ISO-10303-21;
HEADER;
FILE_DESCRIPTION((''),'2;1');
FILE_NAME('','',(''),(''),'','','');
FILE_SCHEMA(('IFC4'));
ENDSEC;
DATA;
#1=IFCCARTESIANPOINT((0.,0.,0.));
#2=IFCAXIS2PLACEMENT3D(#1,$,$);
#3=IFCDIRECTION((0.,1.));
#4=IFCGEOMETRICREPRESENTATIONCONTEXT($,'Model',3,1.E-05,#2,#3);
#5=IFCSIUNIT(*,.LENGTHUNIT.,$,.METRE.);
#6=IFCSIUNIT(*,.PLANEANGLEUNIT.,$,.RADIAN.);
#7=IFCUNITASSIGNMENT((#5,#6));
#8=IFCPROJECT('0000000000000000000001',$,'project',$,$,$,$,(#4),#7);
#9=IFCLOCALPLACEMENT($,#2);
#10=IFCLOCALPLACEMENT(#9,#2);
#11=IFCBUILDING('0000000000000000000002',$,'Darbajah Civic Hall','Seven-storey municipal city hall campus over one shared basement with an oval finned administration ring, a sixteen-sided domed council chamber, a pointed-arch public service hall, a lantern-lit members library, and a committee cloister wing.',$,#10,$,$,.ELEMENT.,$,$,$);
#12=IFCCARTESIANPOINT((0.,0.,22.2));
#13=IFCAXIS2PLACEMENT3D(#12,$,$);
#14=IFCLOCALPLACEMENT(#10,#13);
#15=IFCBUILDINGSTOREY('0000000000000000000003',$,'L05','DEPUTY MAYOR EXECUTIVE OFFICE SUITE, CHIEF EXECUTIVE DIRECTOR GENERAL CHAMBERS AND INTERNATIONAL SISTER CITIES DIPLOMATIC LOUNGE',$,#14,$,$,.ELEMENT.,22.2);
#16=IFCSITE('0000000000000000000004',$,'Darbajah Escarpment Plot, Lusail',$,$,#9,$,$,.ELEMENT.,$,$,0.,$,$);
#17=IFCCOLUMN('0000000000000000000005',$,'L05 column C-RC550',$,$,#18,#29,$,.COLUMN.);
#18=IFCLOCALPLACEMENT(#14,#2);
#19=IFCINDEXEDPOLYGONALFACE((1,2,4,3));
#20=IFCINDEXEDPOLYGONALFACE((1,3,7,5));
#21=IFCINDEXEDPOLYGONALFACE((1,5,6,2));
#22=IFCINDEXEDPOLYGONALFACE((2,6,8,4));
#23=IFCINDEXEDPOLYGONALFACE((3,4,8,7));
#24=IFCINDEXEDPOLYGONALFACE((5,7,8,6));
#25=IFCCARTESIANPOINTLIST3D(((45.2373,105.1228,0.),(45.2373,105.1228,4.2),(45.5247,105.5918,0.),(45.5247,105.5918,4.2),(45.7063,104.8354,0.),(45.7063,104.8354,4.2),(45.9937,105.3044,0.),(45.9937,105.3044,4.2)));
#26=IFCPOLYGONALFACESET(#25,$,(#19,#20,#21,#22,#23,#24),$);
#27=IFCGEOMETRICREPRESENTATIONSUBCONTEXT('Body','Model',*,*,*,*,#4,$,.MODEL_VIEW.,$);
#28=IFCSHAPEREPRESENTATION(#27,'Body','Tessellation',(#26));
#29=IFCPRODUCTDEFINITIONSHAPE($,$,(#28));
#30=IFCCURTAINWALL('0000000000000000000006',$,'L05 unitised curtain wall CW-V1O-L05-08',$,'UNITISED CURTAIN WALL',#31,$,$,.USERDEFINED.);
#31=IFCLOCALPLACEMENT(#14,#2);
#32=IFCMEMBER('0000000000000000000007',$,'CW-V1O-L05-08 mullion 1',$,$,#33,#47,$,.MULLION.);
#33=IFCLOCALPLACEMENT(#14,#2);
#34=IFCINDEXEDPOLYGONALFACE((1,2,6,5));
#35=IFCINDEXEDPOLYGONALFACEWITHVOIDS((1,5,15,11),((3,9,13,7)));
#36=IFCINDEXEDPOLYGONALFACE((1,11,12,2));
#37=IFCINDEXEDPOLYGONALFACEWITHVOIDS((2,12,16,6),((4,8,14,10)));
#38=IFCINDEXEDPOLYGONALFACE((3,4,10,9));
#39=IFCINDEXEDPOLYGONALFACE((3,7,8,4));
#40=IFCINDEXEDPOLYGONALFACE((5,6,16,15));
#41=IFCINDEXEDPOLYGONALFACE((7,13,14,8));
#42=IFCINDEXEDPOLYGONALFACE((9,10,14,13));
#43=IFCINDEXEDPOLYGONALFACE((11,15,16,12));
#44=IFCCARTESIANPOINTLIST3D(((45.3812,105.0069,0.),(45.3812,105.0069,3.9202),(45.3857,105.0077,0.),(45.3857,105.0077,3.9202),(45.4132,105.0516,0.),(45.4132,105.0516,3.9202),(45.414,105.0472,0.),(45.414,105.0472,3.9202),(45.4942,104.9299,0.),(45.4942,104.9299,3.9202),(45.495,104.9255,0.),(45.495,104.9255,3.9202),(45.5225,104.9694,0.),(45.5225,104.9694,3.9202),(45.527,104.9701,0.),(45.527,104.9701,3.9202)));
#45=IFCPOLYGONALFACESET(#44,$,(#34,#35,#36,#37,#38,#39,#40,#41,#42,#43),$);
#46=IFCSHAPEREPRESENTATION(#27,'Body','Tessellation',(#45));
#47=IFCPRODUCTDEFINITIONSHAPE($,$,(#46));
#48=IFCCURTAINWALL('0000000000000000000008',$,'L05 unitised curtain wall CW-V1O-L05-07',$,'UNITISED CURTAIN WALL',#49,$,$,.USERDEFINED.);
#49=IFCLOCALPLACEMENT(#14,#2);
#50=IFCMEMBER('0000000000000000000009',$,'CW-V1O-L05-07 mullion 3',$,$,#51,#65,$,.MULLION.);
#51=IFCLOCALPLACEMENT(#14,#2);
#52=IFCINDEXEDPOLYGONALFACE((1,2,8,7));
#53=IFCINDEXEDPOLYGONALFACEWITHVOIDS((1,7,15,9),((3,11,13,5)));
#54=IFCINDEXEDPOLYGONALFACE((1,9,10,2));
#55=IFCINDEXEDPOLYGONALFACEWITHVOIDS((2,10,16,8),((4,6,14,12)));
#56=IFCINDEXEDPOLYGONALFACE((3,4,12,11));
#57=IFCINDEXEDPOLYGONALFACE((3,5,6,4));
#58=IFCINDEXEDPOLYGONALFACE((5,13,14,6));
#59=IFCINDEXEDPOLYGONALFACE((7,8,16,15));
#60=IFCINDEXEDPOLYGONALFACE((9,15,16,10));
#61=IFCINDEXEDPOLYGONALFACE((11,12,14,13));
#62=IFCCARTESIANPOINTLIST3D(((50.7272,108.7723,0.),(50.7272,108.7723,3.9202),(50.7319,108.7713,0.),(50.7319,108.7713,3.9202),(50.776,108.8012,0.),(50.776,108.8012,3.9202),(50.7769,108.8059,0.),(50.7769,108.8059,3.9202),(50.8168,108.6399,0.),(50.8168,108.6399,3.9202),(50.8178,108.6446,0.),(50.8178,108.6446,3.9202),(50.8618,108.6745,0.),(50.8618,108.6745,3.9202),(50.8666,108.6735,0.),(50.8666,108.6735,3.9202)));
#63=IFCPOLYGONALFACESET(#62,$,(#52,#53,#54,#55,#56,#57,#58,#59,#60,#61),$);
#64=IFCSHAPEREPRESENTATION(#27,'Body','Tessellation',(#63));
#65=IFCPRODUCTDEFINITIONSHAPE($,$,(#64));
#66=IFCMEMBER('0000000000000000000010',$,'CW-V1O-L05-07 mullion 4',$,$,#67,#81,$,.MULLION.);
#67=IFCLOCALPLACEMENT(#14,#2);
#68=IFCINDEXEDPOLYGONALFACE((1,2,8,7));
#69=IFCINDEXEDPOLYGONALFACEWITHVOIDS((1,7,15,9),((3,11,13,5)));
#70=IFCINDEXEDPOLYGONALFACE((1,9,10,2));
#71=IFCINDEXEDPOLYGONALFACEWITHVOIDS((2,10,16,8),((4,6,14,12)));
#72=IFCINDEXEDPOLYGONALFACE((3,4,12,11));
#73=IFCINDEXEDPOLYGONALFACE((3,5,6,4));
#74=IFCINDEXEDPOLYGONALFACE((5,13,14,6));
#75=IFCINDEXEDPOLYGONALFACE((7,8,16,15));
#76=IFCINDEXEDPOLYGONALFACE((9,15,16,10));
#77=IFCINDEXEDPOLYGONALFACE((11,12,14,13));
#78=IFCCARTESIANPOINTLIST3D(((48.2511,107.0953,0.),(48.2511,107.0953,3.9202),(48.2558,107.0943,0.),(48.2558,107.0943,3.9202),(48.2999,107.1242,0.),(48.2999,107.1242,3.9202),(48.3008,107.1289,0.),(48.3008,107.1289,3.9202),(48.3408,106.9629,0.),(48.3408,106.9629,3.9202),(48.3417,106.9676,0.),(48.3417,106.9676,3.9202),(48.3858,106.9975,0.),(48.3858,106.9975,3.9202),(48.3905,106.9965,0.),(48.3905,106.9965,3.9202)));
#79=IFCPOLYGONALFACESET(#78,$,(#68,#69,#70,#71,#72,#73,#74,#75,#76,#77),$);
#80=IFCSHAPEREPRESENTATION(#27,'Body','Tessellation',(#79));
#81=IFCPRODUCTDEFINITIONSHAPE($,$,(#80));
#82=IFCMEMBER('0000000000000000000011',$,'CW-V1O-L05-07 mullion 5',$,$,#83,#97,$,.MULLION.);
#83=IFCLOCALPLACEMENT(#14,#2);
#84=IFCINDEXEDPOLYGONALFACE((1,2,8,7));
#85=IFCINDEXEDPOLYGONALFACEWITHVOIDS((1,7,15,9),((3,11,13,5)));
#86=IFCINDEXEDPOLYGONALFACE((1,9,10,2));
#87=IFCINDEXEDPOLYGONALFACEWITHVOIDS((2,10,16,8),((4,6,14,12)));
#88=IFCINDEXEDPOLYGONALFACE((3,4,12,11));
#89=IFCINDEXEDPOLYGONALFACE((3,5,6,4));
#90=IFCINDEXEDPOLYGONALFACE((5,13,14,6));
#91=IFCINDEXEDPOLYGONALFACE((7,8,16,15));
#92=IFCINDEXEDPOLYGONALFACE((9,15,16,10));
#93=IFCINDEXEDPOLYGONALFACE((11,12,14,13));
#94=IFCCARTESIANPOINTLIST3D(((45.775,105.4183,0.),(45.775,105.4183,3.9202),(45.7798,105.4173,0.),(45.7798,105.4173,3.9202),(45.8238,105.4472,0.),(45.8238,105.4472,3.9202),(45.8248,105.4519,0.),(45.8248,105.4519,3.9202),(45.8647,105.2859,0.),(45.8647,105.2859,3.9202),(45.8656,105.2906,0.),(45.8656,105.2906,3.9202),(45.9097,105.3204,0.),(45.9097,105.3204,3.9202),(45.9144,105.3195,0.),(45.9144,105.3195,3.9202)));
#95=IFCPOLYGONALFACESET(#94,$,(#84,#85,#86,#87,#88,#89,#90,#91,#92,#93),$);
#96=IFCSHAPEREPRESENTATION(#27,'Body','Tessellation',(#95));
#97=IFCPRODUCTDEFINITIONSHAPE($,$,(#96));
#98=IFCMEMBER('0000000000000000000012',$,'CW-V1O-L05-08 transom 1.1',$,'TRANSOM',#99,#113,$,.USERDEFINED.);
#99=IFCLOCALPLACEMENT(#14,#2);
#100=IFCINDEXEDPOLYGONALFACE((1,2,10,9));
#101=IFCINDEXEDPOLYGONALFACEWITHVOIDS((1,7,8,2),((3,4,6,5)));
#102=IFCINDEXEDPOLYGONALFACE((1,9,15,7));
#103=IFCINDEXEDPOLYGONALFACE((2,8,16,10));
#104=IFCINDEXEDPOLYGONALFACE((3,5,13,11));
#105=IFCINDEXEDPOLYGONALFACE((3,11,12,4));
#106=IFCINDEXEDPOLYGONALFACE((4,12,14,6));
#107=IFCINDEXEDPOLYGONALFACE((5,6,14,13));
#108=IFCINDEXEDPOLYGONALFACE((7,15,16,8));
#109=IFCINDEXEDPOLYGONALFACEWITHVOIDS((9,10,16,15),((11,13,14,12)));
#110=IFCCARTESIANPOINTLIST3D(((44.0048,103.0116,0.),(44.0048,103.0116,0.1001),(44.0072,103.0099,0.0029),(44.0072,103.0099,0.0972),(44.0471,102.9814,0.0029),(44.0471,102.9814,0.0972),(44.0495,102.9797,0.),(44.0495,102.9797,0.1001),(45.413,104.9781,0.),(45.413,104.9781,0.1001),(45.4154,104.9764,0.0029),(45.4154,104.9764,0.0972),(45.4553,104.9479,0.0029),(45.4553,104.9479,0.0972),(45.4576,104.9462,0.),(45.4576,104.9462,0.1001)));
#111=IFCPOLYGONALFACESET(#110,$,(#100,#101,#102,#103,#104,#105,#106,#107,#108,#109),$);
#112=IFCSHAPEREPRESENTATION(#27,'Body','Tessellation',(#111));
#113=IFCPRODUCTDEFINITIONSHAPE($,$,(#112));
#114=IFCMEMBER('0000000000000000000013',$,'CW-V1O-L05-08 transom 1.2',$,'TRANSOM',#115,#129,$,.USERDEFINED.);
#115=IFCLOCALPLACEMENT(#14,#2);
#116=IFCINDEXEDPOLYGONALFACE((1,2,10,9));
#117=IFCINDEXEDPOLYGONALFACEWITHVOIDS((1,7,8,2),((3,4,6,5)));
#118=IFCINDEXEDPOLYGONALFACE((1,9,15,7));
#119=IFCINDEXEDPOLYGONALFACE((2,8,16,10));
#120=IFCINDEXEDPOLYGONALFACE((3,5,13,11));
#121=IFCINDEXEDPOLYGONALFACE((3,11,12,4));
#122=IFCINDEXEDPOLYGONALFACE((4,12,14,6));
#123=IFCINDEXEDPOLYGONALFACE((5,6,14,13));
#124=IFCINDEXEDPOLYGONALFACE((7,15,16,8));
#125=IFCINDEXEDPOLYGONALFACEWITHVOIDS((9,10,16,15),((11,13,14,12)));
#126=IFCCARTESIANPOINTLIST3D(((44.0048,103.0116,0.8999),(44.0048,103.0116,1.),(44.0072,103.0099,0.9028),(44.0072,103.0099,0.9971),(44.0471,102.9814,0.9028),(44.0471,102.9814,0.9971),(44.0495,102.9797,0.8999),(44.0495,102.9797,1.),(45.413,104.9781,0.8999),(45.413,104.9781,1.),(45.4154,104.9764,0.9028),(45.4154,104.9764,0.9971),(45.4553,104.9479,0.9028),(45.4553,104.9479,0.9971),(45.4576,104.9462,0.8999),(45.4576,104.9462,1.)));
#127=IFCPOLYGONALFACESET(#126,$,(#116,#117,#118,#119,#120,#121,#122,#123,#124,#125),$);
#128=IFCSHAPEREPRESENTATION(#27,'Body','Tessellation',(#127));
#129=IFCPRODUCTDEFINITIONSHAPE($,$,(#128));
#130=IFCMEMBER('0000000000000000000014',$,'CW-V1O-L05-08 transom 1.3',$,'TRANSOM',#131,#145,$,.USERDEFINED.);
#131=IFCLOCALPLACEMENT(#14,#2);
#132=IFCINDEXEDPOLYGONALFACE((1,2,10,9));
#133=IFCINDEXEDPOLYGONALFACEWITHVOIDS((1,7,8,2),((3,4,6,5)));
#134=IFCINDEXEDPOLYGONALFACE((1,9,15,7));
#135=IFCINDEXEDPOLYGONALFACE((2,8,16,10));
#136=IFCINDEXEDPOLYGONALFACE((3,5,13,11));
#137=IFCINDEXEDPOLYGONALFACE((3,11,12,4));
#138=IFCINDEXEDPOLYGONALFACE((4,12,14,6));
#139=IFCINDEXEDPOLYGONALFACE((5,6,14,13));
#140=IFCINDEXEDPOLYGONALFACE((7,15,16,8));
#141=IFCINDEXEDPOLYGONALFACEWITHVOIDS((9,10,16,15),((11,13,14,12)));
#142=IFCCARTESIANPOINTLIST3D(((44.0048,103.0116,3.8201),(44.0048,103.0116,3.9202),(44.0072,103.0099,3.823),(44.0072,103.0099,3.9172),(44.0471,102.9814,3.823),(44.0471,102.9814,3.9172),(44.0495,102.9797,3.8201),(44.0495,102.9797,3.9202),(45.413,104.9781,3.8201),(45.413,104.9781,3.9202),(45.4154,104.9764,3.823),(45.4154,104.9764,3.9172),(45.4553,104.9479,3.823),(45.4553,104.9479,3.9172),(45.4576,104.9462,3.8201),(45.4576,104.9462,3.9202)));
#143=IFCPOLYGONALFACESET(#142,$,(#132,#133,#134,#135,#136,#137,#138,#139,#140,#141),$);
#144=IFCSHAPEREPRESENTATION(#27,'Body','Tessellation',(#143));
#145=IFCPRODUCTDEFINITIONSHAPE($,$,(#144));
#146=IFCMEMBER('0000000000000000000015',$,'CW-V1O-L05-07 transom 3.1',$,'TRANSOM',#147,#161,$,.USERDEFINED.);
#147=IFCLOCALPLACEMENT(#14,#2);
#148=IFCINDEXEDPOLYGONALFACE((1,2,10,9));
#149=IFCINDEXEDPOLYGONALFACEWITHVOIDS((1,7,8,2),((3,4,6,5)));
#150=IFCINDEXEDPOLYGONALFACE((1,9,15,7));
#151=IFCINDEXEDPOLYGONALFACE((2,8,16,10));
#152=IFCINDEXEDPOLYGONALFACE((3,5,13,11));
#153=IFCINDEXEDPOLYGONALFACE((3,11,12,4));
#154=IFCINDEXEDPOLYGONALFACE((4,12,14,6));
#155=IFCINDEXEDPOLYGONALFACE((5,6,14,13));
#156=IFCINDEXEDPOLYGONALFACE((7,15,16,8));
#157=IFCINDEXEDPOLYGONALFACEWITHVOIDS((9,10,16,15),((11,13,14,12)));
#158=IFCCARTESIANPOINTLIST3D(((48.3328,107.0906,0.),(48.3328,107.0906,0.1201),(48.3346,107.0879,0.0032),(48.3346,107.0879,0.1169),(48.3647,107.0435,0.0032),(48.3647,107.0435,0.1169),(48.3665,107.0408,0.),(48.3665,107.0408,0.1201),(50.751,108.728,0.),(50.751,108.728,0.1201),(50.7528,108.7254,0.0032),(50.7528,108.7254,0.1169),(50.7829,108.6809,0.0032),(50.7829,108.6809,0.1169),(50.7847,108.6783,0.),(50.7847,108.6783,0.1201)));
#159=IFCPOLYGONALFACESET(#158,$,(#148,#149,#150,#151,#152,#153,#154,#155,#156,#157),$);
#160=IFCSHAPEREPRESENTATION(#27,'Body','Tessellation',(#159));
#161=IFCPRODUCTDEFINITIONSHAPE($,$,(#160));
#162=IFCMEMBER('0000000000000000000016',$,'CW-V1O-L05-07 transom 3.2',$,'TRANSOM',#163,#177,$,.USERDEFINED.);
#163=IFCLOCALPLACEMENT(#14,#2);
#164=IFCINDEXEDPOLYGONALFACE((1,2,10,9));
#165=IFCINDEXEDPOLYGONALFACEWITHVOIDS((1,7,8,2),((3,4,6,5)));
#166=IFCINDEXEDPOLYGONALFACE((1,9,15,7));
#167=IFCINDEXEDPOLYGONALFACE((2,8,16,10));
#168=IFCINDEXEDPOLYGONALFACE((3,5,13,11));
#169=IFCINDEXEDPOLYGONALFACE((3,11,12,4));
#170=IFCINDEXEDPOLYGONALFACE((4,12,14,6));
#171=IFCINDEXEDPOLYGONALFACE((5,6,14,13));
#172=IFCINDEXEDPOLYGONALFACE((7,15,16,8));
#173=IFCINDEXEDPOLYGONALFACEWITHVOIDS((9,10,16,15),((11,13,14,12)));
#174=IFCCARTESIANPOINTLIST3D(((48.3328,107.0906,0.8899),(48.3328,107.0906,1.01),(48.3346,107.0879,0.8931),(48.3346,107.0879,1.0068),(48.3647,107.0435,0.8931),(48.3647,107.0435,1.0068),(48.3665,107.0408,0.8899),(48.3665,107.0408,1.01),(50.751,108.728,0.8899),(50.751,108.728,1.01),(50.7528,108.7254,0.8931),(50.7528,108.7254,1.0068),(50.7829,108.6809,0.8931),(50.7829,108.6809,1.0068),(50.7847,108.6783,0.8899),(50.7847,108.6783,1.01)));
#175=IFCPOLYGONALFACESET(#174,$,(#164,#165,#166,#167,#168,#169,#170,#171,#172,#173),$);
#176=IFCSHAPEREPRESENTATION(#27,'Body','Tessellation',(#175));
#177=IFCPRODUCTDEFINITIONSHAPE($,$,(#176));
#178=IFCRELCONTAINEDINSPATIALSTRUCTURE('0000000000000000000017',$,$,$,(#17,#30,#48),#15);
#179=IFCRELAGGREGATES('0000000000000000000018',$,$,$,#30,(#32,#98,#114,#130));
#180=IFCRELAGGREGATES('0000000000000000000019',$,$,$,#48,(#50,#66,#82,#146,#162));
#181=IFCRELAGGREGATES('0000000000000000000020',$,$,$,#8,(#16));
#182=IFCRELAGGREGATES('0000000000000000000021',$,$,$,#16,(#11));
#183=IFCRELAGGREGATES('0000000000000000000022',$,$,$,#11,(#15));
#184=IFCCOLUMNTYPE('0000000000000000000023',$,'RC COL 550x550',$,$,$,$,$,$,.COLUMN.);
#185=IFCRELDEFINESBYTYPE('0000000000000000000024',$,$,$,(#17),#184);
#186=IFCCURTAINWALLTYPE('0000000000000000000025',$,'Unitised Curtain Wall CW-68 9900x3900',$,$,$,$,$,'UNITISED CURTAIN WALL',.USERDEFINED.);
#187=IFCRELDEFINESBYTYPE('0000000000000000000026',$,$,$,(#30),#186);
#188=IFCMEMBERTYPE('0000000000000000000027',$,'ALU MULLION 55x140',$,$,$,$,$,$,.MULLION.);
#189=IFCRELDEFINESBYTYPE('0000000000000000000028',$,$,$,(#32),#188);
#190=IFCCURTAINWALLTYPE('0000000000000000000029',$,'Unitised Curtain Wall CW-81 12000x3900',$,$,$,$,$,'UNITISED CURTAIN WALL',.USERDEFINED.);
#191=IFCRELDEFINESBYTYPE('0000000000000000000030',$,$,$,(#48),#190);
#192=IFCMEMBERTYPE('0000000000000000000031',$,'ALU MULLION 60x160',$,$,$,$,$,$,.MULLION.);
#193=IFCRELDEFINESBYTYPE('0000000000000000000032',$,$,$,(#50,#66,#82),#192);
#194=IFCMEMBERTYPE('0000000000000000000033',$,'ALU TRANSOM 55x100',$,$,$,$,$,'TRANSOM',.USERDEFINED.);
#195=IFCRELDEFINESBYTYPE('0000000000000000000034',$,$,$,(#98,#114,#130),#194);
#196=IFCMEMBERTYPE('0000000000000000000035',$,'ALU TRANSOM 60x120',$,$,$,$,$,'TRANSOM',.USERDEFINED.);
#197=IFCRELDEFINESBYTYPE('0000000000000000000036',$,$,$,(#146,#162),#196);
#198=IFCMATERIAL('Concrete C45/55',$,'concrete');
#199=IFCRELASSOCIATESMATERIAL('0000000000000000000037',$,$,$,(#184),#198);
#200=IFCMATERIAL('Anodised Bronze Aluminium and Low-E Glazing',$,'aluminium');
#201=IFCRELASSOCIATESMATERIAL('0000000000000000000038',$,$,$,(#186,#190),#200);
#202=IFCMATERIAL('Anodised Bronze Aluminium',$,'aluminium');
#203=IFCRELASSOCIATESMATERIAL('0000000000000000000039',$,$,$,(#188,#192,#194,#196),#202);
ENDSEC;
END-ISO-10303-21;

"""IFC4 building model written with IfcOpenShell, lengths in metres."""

from ifc_helpers import new_model, si_unit, direction, frame, origin, origin_2d, place, context, subcontext, project, spatial, rectangle, hollow_rectangle, extrude, material, material_profile, profile_set, type_object, element, aggregate, save


model = new_model("IFC4")

# Units and contexts
model_context = context("Model", 3, precision=1e-05, world=origin(), true_north=direction((0.0, 1.0)))
body_context = subcontext(model_context, "Body", "Model", "MODEL_VIEW")
ifc_project = project(units=[si_unit("LENGTHUNIT", "METRE"), si_unit("PLANEANGLEUNIT", "RADIAN")], contexts=[model_context])

# Site, building, storey
site_placement = place(None, origin())
site = spatial("IfcSite", under=ifc_project, at=site_placement, Name="Darbajah Escarpment Plot, Lusail", CompositionType="ELEMENT", RefElevation=0.0)
building_placement = place(site_placement, origin())
building = spatial("IfcBuilding", under=site, at=building_placement, Name="Darbajah Civic Hall", Description="Seven-storey municipal city hall campus over one shared basement with an oval finned administration ring, a sixteen-sided domed council chamber, a pointed-arch public service hall, a lantern-lit members library, and a committee cloister wing.", CompositionType="ELEMENT")
storey_placement = place(building_placement, frame((0.0, 0.0, 22.2)))
storey = spatial("IfcBuildingStorey", under=building, at=storey_placement, Name="L05", Description="DEPUTY MAYOR EXECUTIVE OFFICE SUITE, CHIEF EXECUTIVE DIRECTOR GENERAL CHAMBERS AND INTERNATIONAL SISTER CITIES DIPLOMATIC LOUNGE", CompositionType="ELEMENT", Elevation=22.2)

# Column
ifc_material_1 = material(Name="Concrete C45/55", Category="concrete")
ifc_material_profile_1 = material_profile(ifc_material_1, rectangle(XDim=0.55, YDim=0.55, at=origin_2d()), Name="RC COL 550x550")
ifc_profile_set_1 = profile_set([ifc_material_profile_1], Name="Concrete C45/55")
column_type = type_object("IfcColumnType", Name="RC COL 550x550", PredefinedType="COLUMN", material=ifc_profile_set_1)
column_placement = place(storey_placement, frame((45.6155, 105.2136, 0.0), z_axis=(0.0, 0.0, 1.0), x_axis=(-0.85264, 0.522499, 0.0)))
element("IfcColumn", 1, at=column_placement, inside=storey, type_object=column_type, Name="L05 column C-RC550", PredefinedType="COLUMN", context=body_context, shape_type="SweptSolid", body=[
    extrude(rectangle(XDim=0.55, YDim=0.55, at=origin_2d()), origin(), (0.0, 0.0, 1.0), 4.2),
])

# Curtain wall, member
ifc_material_2 = material(Name="Anodised Bronze Aluminium and Low-E Glazing", Category="aluminium")
curtain_wall_type_1 = type_object("IfcCurtainWallType", Name="Unitised Curtain Wall CW-68 9900x3900", ElementType="UNITISED CURTAIN WALL", PredefinedType="USERDEFINED", material=ifc_material_2)
curtain_wall_1_placement = place(storey_placement, origin())
curtain_wall_1 = element("IfcCurtainWall", 2, at=curtain_wall_1_placement, inside=storey, type_object=curtain_wall_type_1, Name="L05 unitised curtain wall CW-V1O-L05-08", ObjectType="UNITISED CURTAIN WALL", PredefinedType="USERDEFINED")
ifc_material_3 = material(Name="Anodised Bronze Aluminium", Category="aluminium")
ifc_material_profile_2 = material_profile(ifc_material_3, hollow_rectangle(XDim=0.0549, YDim=0.1399, WallThickness=0.0032, at=origin_2d()), Name="ALU MULLION 55x140")
ifc_profile_set_2 = profile_set([ifc_material_profile_2], Name="Anodised Bronze Aluminium")
member_type_1 = type_object("IfcMemberType", Name="ALU MULLION 55x140", PredefinedType="MULLION", material=ifc_profile_set_2)
member_1_placement = place(storey_placement, frame((45.4541, 104.9885, 0.0), z_axis=(0.0, 0.0, 1.0), x_axis=(-0.582265, -0.812999, 0.0)))
member_1 = element("IfcMember", 3, at=member_1_placement, type_object=member_type_1, Name="CW-V1O-L05-08 mullion 1", PredefinedType="MULLION", context=body_context, shape_type="SweptSolid", body=[
    extrude(hollow_rectangle(XDim=0.0549, YDim=0.1399, WallThickness=0.0032, at=origin_2d()), origin(), (0.0, 0.0, 1.0), 3.9202),
])

# Curtain wall, members
curtain_wall_type_2 = type_object("IfcCurtainWallType", Name="Unitised Curtain Wall CW-81 12000x3900", ElementType="UNITISED CURTAIN WALL", PredefinedType="USERDEFINED", material=ifc_material_2)
curtain_wall_2_placement = place(storey_placement, origin())
curtain_wall_2 = element("IfcCurtainWall", 4, at=curtain_wall_2_placement, inside=storey, type_object=curtain_wall_type_2, Name="L05 unitised curtain wall CW-V1O-L05-07", ObjectType="UNITISED CURTAIN WALL", PredefinedType="USERDEFINED")
ifc_material_profile_3 = material_profile(ifc_material_3, hollow_rectangle(XDim=0.0601, YDim=0.1599, WallThickness=0.0034, at=origin_2d()), Name="ALU MULLION 60x160")
ifc_profile_set_3 = profile_set([ifc_material_profile_3], Name="Anodised Bronze Aluminium")
member_type_2 = type_object("IfcMemberType", Name="ALU MULLION 60x160", PredefinedType="MULLION", material=ifc_profile_set_3)
member_2_placement = place(storey_placement, frame((50.7969, 108.7229, 0.0), z_axis=(0.0, 0.0, 1.0), x_axis=(-0.827962, -0.560784, 0.0)))
member_2 = element("IfcMember", 5, at=member_2_placement, type_object=member_type_2, Name="CW-V1O-L05-07 mullion 3", PredefinedType="MULLION", context=body_context, shape_type="SweptSolid", body=[
    extrude(hollow_rectangle(XDim=0.0601, YDim=0.1599, WallThickness=0.0034, at=origin_2d()), origin(), (0.0, 0.0, 1.0), 3.9202),
])
member_3_placement = place(storey_placement, frame((48.3208, 107.0459, 0.0), z_axis=(0.0, 0.0, 1.0), x_axis=(-0.827962, -0.560784, 0.0)))
member_3 = element("IfcMember", 6, at=member_3_placement, type_object=member_type_2, Name="CW-V1O-L05-07 mullion 4", PredefinedType="MULLION", context=body_context, shape_type="SweptSolid", body=[
    extrude(hollow_rectangle(XDim=0.0601, YDim=0.1599, WallThickness=0.0034, at=origin_2d()), origin(), (0.0, 0.0, 1.0), 3.9202),
])
member_4_placement = place(storey_placement, frame((45.8447, 105.3689, 0.0), z_axis=(0.0, 0.0, 1.0), x_axis=(-0.827962, -0.560784, 0.0)))
member_4 = element("IfcMember", 7, at=member_4_placement, type_object=member_type_2, Name="CW-V1O-L05-07 mullion 5", PredefinedType="MULLION", context=body_context, shape_type="SweptSolid", body=[
    extrude(hollow_rectangle(XDim=0.0601, YDim=0.1599, WallThickness=0.0034, at=origin_2d()), origin(), (0.0, 0.0, 1.0), 3.9202),
])

# Members
ifc_material_profile_4 = material_profile(ifc_material_3, hollow_rectangle(XDim=0.0549, YDim=0.1001, WallThickness=0.0029, at=origin_2d()), Name="ALU TRANSOM 55x100")
ifc_profile_set_4 = profile_set([ifc_material_profile_4], Name="Anodised Bronze Aluminium")
member_type_3 = type_object("IfcMemberType", Name="ALU TRANSOM 55x100", ElementType="TRANSOM", PredefinedType="USERDEFINED", material=ifc_profile_set_4)
member_5_placement = place(storey_placement, frame((45.4353, 104.9622, 0.05), z_axis=(-0.582202, -0.813044, 0.0), x_axis=(0.813044, -0.582202, 0.0)))
member_5 = element("IfcMember", 8, at=member_5_placement, type_object=member_type_3, Name="CW-V1O-L05-08 transom 1.1", ObjectType="TRANSOM", PredefinedType="USERDEFINED", context=body_context, shape_type="SweptSolid", body=[
    extrude(hollow_rectangle(XDim=0.0549, YDim=0.1001, WallThickness=0.0029, at=origin_2d()), origin(), (0.0, 0.0, 1.0), 2.4187),
])
member_6_placement = place(storey_placement, frame((45.4353, 104.9622, 0.95), z_axis=(-0.582202, -0.813044, 0.0), x_axis=(0.813044, -0.582202, 0.0)))
member_6 = element("IfcMember", 9, at=member_6_placement, type_object=member_type_3, Name="CW-V1O-L05-08 transom 1.2", ObjectType="TRANSOM", PredefinedType="USERDEFINED", context=body_context, shape_type="SweptSolid", body=[
    extrude(hollow_rectangle(XDim=0.0549, YDim=0.1001, WallThickness=0.0029, at=origin_2d()), origin(), (0.0, 0.0, 1.0), 2.4187),
])
member_7_placement = place(storey_placement, frame((45.4353, 104.9622, 3.8701), z_axis=(-0.582202, -0.813044, 0.0), x_axis=(0.813044, -0.582202, 0.0)))
member_7 = element("IfcMember", 10, at=member_7_placement, type_object=member_type_3, Name="CW-V1O-L05-08 transom 1.3", ObjectType="TRANSOM", PredefinedType="USERDEFINED", context=body_context, shape_type="SweptSolid", body=[
    extrude(hollow_rectangle(XDim=0.0549, YDim=0.1001, WallThickness=0.0029, at=origin_2d()), origin(), (0.0, 0.0, 1.0), 2.4187),
])
ifc_material_profile_5 = material_profile(ifc_material_3, hollow_rectangle(XDim=0.0601, YDim=0.1201, WallThickness=0.0032, at=origin_2d()), Name="ALU TRANSOM 60x120")
ifc_profile_set_5 = profile_set([ifc_material_profile_5], Name="Anodised Bronze Aluminium")
member_type_4 = type_object("IfcMemberType", Name="ALU TRANSOM 60x120", ElementType="TRANSOM", PredefinedType="USERDEFINED", material=ifc_profile_set_5)
member_8_placement = place(storey_placement, frame((50.7678, 108.7031, 0.0601), z_axis=(-0.828029, -0.560685, 0.0), x_axis=(0.560685, -0.828029, 0.0)))
member_8 = element("IfcMember", 11, at=member_8_placement, type_object=member_type_4, Name="CW-V1O-L05-07 transom 3.1", ObjectType="TRANSOM", PredefinedType="USERDEFINED", context=body_context, shape_type="SweptSolid", body=[
    extrude(hollow_rectangle(XDim=0.0601, YDim=0.1201, WallThickness=0.0032, at=origin_2d()), origin(), (0.0, 0.0, 1.0), 2.9204),
])
member_9_placement = place(storey_placement, frame((50.7678, 108.7031, 0.95), z_axis=(-0.828029, -0.560685, 0.0), x_axis=(0.560685, -0.828029, 0.0)))
member_9 = element("IfcMember", 12, at=member_9_placement, type_object=member_type_4, Name="CW-V1O-L05-07 transom 3.2", ObjectType="TRANSOM", PredefinedType="USERDEFINED", context=body_context, shape_type="SweptSolid", body=[
    extrude(hollow_rectangle(XDim=0.0601, YDim=0.1201, WallThickness=0.0032, at=origin_2d()), origin(), (0.0, 0.0, 1.0), 2.9204),
])

aggregate(curtain_wall_1, [member_1, member_5, member_6, member_7])
aggregate(curtain_wall_2, [member_2, member_3, member_4, member_8, member_9])

save(model, "model.ifc")
